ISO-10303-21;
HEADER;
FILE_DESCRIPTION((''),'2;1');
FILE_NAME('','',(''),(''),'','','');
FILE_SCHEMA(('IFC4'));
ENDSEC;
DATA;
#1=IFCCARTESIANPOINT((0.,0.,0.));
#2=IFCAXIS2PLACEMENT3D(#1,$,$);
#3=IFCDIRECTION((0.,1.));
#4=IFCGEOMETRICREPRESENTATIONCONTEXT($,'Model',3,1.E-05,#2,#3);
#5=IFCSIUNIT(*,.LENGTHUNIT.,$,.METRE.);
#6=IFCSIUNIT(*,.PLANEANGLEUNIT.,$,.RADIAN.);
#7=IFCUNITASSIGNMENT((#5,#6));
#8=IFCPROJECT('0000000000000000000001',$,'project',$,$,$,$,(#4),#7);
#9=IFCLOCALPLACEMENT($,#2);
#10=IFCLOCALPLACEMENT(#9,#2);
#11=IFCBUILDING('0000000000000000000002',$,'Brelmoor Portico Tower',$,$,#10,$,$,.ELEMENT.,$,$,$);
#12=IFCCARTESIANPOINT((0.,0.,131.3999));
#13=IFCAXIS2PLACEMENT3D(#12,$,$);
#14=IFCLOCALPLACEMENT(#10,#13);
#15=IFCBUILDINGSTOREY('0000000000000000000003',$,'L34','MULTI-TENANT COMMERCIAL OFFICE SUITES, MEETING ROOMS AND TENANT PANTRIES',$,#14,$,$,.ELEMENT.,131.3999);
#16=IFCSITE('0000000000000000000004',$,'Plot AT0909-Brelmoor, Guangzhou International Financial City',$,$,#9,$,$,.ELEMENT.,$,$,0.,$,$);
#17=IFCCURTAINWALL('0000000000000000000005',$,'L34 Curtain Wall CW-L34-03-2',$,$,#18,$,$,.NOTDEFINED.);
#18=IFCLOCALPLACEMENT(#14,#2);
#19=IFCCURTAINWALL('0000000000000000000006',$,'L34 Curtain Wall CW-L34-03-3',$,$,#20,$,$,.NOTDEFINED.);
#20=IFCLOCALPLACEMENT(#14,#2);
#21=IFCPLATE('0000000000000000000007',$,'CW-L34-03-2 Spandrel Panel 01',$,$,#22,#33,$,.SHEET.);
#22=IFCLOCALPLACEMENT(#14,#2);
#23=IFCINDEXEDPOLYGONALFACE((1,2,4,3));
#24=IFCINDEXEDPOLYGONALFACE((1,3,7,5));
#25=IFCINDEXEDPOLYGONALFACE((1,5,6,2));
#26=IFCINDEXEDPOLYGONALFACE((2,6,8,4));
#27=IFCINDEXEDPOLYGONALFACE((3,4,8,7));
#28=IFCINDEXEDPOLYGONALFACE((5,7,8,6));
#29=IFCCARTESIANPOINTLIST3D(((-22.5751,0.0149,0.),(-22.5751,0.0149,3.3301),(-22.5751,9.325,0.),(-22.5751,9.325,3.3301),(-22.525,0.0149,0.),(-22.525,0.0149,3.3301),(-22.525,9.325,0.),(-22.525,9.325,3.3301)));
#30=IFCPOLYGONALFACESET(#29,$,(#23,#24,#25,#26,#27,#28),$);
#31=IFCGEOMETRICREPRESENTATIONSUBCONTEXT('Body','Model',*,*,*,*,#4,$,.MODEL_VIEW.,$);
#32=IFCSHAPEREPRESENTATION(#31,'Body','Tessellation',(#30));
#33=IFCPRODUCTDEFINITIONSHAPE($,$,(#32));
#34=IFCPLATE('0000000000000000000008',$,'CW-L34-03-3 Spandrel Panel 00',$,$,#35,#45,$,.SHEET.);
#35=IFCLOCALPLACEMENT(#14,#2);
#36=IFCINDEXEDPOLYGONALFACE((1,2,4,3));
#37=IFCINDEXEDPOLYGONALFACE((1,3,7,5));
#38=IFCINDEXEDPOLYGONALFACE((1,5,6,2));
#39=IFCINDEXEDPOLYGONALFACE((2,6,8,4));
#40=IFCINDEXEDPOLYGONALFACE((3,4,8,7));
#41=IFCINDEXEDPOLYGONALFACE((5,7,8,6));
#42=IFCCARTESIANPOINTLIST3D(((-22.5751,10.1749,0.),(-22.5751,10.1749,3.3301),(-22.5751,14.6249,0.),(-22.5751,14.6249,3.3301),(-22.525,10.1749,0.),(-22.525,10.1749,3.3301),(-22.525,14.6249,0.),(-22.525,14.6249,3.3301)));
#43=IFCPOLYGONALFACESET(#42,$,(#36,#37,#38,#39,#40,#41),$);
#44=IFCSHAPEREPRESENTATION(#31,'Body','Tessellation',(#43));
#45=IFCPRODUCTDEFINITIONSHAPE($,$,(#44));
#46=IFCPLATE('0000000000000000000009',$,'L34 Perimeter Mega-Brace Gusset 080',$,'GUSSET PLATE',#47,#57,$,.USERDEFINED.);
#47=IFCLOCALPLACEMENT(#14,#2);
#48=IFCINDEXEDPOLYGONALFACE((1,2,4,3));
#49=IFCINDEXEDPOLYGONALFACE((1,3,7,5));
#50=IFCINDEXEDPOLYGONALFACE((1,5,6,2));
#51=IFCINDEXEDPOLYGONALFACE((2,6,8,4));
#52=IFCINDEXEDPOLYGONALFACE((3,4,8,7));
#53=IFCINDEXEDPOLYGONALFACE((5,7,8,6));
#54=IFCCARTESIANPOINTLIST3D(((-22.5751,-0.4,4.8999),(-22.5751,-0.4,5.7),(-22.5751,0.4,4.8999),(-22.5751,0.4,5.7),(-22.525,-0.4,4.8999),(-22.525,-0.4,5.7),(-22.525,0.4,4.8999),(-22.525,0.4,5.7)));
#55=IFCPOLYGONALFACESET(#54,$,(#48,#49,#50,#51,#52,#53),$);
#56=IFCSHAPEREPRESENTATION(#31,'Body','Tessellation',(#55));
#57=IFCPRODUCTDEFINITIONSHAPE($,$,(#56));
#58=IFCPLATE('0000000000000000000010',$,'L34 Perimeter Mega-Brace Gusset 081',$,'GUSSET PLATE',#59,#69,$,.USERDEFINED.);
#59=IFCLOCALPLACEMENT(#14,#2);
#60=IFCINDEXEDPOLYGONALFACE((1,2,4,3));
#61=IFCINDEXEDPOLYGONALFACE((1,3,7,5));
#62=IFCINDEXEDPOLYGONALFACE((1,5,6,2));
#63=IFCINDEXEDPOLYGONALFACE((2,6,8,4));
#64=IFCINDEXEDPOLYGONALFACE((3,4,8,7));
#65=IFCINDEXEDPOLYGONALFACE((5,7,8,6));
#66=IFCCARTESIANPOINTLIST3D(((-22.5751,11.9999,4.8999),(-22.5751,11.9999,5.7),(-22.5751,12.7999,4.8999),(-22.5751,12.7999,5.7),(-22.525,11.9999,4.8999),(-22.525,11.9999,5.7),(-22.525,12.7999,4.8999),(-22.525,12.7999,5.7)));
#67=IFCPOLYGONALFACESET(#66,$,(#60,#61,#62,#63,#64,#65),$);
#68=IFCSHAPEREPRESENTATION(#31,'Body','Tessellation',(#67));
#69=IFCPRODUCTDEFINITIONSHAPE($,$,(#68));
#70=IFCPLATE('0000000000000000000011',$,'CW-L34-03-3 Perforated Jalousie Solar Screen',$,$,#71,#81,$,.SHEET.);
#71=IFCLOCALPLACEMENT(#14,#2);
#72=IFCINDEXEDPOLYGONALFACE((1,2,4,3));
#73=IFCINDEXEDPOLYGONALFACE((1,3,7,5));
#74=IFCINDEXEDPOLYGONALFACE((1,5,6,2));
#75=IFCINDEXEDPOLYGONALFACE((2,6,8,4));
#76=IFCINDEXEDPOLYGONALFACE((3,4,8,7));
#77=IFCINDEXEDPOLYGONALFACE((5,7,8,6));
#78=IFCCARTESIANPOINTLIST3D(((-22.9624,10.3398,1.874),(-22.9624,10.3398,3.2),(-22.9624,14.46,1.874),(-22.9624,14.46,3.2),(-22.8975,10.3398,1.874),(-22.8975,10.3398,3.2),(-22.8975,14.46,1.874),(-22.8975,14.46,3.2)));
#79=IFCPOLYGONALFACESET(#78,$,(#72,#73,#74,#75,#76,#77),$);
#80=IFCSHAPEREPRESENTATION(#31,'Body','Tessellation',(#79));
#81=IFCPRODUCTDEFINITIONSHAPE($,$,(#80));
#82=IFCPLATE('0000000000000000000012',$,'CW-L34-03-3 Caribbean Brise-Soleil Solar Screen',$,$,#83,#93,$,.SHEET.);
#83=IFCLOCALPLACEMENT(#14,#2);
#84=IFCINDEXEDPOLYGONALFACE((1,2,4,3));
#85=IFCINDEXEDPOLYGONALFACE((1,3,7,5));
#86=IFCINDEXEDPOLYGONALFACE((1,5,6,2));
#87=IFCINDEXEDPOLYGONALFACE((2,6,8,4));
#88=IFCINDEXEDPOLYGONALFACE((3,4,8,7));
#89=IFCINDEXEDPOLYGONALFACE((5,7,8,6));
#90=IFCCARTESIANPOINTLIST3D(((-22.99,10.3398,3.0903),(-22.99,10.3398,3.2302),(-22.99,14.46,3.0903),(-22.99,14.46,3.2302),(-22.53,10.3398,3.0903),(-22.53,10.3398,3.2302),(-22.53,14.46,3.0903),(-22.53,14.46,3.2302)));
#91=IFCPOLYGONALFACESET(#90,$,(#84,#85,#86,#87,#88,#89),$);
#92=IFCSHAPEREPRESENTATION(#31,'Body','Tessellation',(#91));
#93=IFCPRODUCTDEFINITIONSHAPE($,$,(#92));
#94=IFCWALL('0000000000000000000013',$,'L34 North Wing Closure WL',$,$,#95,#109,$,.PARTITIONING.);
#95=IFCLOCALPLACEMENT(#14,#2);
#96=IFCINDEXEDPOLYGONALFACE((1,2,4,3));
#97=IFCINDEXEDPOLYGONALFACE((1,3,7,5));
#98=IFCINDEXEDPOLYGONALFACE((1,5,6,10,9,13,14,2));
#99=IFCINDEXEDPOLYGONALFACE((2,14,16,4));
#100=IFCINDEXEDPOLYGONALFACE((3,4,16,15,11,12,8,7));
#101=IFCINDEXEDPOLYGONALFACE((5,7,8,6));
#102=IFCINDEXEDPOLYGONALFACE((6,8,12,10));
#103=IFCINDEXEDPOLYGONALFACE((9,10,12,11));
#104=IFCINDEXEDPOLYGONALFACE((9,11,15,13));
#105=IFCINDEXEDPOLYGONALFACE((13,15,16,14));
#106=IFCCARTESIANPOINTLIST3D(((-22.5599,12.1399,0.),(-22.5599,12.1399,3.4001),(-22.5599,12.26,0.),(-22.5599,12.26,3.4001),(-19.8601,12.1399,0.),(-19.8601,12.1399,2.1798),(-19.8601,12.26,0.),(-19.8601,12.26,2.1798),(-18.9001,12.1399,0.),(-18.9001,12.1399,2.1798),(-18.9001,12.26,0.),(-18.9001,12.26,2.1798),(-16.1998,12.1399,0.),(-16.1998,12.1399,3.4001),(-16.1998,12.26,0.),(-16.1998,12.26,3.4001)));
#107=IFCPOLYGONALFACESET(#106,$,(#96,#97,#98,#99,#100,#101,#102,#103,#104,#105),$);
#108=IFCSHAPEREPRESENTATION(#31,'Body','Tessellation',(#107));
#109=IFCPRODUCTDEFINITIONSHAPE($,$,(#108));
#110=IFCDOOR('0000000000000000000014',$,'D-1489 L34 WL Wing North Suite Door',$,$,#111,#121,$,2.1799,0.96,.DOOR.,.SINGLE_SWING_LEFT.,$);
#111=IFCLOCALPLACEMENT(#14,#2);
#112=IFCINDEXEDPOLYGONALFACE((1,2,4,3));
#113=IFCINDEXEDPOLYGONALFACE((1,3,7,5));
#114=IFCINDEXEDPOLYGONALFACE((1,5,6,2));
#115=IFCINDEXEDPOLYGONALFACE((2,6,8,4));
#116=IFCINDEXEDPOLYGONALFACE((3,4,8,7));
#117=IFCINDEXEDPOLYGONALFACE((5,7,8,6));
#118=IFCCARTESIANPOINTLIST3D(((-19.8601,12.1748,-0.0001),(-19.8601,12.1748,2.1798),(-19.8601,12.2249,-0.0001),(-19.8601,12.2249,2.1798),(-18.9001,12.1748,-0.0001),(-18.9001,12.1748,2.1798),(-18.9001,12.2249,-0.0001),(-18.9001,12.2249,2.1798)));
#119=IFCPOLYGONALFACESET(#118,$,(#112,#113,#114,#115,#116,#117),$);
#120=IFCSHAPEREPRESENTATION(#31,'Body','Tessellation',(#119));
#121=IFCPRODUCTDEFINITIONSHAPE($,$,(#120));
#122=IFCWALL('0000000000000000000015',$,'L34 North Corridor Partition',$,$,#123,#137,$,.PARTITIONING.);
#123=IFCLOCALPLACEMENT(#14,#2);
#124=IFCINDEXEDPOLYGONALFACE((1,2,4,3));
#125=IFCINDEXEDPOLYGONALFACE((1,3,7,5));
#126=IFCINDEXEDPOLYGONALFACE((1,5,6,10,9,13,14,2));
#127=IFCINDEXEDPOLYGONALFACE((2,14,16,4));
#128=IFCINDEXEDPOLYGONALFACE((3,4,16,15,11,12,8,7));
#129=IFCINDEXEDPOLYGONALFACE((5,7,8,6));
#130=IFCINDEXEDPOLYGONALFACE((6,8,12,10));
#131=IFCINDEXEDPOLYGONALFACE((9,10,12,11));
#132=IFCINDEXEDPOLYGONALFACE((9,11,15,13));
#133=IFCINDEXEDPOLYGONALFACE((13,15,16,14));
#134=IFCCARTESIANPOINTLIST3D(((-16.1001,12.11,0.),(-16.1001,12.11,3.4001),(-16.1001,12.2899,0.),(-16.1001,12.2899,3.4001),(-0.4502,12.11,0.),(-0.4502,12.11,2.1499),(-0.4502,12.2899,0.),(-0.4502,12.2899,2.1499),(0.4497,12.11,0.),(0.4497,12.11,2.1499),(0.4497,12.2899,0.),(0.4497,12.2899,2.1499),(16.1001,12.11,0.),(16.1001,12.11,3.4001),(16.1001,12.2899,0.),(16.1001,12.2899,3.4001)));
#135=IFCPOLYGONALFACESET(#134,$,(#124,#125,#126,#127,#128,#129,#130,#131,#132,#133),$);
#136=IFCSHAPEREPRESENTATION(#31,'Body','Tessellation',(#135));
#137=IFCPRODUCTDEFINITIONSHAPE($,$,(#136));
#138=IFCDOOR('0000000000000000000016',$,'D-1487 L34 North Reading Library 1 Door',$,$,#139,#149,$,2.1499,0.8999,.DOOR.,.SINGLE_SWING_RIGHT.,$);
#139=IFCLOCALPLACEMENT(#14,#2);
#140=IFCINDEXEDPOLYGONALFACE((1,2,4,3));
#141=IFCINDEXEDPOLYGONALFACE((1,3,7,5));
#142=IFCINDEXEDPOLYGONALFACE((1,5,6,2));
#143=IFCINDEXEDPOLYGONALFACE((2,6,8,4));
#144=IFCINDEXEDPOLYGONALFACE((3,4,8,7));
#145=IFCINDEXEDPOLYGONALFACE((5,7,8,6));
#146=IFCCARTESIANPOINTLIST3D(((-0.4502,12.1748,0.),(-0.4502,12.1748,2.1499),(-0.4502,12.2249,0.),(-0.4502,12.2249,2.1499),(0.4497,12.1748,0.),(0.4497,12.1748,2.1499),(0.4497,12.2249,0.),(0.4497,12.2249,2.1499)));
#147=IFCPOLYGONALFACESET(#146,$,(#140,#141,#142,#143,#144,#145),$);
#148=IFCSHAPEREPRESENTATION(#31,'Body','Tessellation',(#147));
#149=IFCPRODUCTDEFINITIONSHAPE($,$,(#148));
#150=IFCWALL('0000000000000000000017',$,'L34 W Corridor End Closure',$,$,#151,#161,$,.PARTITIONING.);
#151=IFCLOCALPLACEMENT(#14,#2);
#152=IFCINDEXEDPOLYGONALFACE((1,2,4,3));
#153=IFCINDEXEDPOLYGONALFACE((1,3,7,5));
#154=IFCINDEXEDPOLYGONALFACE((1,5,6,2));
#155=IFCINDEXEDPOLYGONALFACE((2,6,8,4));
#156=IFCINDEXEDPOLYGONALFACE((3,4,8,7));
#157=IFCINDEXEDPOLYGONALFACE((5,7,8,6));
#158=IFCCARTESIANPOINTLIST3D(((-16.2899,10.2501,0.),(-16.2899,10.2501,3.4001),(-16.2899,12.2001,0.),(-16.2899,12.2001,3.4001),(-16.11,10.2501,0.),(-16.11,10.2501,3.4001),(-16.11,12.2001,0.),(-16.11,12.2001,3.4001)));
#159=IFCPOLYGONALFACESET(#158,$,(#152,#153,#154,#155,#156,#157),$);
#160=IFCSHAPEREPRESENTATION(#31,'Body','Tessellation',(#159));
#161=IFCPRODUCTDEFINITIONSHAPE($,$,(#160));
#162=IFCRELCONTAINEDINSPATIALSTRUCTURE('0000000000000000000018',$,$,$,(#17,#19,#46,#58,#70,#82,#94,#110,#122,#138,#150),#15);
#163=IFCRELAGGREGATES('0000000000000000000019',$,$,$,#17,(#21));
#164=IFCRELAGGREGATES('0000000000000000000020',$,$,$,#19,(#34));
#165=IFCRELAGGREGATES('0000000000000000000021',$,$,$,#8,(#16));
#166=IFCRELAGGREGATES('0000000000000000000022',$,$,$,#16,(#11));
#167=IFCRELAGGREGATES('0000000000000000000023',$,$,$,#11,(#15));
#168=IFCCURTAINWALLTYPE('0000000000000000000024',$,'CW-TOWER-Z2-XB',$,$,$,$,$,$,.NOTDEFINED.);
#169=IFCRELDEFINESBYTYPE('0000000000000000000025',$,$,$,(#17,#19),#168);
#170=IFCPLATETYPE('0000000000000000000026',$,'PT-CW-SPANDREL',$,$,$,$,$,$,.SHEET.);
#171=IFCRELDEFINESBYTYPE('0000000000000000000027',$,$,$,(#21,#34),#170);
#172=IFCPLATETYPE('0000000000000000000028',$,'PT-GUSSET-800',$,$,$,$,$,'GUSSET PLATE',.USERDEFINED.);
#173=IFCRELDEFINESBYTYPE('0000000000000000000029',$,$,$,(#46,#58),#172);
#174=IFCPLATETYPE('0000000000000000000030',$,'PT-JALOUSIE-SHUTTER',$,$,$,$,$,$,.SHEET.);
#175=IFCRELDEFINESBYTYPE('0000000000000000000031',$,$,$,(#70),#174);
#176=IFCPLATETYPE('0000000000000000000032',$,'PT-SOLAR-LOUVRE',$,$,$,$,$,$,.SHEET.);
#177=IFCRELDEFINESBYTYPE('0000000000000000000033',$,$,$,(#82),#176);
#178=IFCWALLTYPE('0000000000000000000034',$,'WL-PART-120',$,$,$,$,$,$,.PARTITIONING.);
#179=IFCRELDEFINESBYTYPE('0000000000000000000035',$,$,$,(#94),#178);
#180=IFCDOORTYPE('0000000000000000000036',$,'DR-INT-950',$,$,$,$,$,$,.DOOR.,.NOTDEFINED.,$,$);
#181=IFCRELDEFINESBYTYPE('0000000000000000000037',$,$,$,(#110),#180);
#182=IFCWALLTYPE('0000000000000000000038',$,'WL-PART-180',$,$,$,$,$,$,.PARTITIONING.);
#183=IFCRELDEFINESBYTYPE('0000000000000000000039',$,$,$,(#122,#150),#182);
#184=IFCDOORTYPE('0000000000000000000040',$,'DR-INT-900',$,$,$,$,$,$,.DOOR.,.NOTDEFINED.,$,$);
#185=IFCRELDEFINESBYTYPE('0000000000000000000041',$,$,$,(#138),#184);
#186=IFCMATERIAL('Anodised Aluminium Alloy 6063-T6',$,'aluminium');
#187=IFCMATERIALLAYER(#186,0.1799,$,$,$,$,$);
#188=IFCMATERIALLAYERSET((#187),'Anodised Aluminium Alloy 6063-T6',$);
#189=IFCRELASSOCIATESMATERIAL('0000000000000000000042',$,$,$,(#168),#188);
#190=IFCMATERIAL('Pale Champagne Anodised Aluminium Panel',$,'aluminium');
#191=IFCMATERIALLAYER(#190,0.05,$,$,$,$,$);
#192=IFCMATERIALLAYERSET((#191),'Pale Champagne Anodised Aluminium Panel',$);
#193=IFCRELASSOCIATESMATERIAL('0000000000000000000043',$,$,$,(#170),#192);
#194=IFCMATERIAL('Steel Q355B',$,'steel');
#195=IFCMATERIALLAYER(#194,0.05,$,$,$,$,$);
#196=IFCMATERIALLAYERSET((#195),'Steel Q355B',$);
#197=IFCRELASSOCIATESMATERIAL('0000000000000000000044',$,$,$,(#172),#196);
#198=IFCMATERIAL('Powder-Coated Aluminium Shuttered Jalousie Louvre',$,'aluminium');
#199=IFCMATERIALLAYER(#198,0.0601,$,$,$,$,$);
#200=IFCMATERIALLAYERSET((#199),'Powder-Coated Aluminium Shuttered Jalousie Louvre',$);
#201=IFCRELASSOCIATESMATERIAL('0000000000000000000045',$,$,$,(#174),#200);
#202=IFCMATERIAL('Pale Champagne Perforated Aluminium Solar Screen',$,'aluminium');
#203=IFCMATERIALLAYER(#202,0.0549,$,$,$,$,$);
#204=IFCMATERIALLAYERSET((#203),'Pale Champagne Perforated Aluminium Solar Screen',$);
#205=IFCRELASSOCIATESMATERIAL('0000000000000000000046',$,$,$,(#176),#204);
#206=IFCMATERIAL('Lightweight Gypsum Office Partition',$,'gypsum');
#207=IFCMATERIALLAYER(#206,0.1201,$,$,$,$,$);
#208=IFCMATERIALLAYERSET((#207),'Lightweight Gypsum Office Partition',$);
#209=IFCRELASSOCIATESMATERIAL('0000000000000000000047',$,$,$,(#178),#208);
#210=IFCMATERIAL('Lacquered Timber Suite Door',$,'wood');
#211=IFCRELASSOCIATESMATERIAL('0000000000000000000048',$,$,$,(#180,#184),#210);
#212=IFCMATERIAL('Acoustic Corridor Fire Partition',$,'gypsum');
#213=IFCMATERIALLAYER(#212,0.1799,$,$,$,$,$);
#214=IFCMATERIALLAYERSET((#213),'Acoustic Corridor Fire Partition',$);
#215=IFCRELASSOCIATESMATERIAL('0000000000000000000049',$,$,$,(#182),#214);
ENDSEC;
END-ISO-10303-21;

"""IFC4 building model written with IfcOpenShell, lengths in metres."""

from ifc_helpers import new_model, si_unit, direction, frame, frame_2d, origin, origin_2d, place, context, subcontext, project, spatial, rectangle, extrude, material, layer, layer_set, type_object, element, fill, aggregate, save


model = new_model("IFC4")

# Units and contexts
model_context = context("Model", 3, precision=1e-05, world=origin(), true_north=direction((0.0, 1.0)))
body_context = subcontext(model_context, "Body", "Model", "MODEL_VIEW")
ifc_project = project(units=[si_unit("LENGTHUNIT", "METRE"), si_unit("PLANEANGLEUNIT", "RADIAN")], contexts=[model_context])

# Site, building, storey
site_placement = place(None, origin())
site = spatial("IfcSite", under=ifc_project, at=site_placement, Name="Plot AT0909-Brelmoor, Guangzhou International Financial City", CompositionType="ELEMENT", RefElevation=0.0)
building_placement = place(site_placement, origin())
building = spatial("IfcBuilding", under=site, at=building_placement, Name="Brelmoor Portico Tower", CompositionType="ELEMENT")
storey_placement = place(building_placement, frame((0.0, 0.0, 131.3999)))
storey = spatial("IfcBuildingStorey", under=building, at=storey_placement, Name="L34", Description="MULTI-TENANT COMMERCIAL OFFICE SUITES, MEETING ROOMS AND TENANT PANTRIES", CompositionType="ELEMENT", Elevation=131.3999)

# Shared definitions
ifc_material_1 = material(Name="Steel Q355B", Category="steel")

# Curtain walls
ifc_material_2 = material(Name="Anodised Aluminium Alloy 6063-T6", Category="aluminium")
ifc_layer_1 = layer(ifc_material_2, 0.1799)
ifc_layer_set_1 = layer_set([ifc_layer_1], Name="Anodised Aluminium Alloy 6063-T6")
curtain_wall_type = type_object("IfcCurtainWallType", Name="CW-TOWER-Z2-XB", PredefinedType="NOTDEFINED", material=ifc_layer_set_1)
curtain_wall_1_placement = place(storey_placement, origin())
curtain_wall_1 = element("IfcCurtainWall", 1, at=curtain_wall_1_placement, inside=storey, type_object=curtain_wall_type, Name="L34 Curtain Wall CW-L34-03-2", PredefinedType="NOTDEFINED")
curtain_wall_2_placement = place(storey_placement, origin())
curtain_wall_2 = element("IfcCurtainWall", 2, at=curtain_wall_2_placement, inside=storey, type_object=curtain_wall_type, Name="L34 Curtain Wall CW-L34-03-3", PredefinedType="NOTDEFINED")

# Plates
ifc_material_3 = material(Name="Pale Champagne Anodised Aluminium Panel", Category="aluminium")
ifc_layer_2 = layer(ifc_material_3, 0.05)
ifc_layer_set_2 = layer_set([ifc_layer_2], Name="Pale Champagne Anodised Aluminium Panel")
plate_type_1 = type_object("IfcPlateType", Name="PT-CW-SPANDREL", PredefinedType="SHEET", material=ifc_layer_set_2)
plate_1_placement = place(storey_placement, frame((-22.55, 4.6699, 0.0), z_axis=(0.0, 0.0, 1.0), x_axis=(0.0, 1.0, 0.0)))
plate_1 = element("IfcPlate", 3, at=plate_1_placement, type_object=plate_type_1, Name="CW-L34-03-2 Spandrel Panel 01", PredefinedType="SHEET", context=body_context, shape_type="SweptSolid", body=[
    extrude(rectangle(XDim=9.3101, YDim=0.05, at=origin_2d()), origin(), (0.0, 0.0, 1.0), 3.3301),
])
aggregate(curtain_wall_1, [plate_1])
plate_2_placement = place(storey_placement, frame((-22.55, 12.3999, 0.0), z_axis=(0.0, 0.0, 1.0), x_axis=(0.0, 1.0, 0.0)))
plate_2 = element("IfcPlate", 4, at=plate_2_placement, type_object=plate_type_1, Name="CW-L34-03-3 Spandrel Panel 00", PredefinedType="SHEET", context=body_context, shape_type="SweptSolid", body=[
    extrude(rectangle(XDim=4.45, YDim=0.05, at=origin_2d()), origin(), (0.0, 0.0, 1.0), 3.3301),
])
aggregate(curtain_wall_2, [plate_2])

# Plates
ifc_layer_3 = layer(ifc_material_1, 0.05)
ifc_layer_set_3 = layer_set([ifc_layer_3], Name="Steel Q355B")
plate_type_2 = type_object("IfcPlateType", Name="PT-GUSSET-800", ElementType="GUSSET PLATE", PredefinedType="USERDEFINED", material=ifc_layer_set_3)
for number, where, z_axis, x_axis, name in (
    (5, (-22.55, 0.0, 4.8999), (0.0, 0.0, 1.0), (1.0, 0.0, 0.0), "L34 Perimeter Mega-Brace Gusset 080"),
    (6, (-22.55, 12.3999, 4.8999), (0.0, 0.0, 1.0), (1.0, 0.0, 0.0), "L34 Perimeter Mega-Brace Gusset 081"),
):
    element("IfcPlate", number, at=place(storey_placement, frame(where, z_axis=z_axis, x_axis=x_axis)), inside=storey, type_object=plate_type_2, Name=name, ObjectType="GUSSET PLATE", PredefinedType="USERDEFINED", context=body_context, shape_type="SweptSolid", body=[
        extrude(rectangle(XDim=0.05, YDim=0.8, at=origin_2d()), origin(), (0.0, 0.0, 1.0), 0.8),
    ])
ifc_material_4 = material(Name="Powder-Coated Aluminium Shuttered Jalousie Louvre", Category="aluminium")
ifc_layer_4 = layer(ifc_material_4, 0.0601)
ifc_layer_set_4 = layer_set([ifc_layer_4], Name="Powder-Coated Aluminium Shuttered Jalousie Louvre")
plate_type_3 = type_object("IfcPlateType", Name="PT-JALOUSIE-SHUTTER", PredefinedType="SHEET", material=ifc_layer_set_4)
plate_3_placement = place(storey_placement, frame((-22.9299, 12.3999, 1.874), z_axis=(0.0, 0.0, 1.0), x_axis=(0.0, 1.0, 0.0)))
element("IfcPlate", 7, at=plate_3_placement, inside=storey, type_object=plate_type_3, Name="CW-L34-03-3 Perforated Jalousie Solar Screen", PredefinedType="SHEET", context=body_context, shape_type="SweptSolid", body=[
    extrude(rectangle(XDim=4.1201, YDim=0.0649, at=origin_2d()), origin(), (0.0, 0.0, 1.0), 1.3259),
])
ifc_material_5 = material(Name="Pale Champagne Perforated Aluminium Solar Screen", Category="aluminium")
ifc_layer_5 = layer(ifc_material_5, 0.0549)
ifc_layer_set_5 = layer_set([ifc_layer_5], Name="Pale Champagne Perforated Aluminium Solar Screen")
plate_type_4 = type_object("IfcPlateType", Name="PT-SOLAR-LOUVRE", PredefinedType="SHEET", material=ifc_layer_set_5)
plate_4_placement = place(storey_placement, frame((-22.76, 12.3999, 3.0903), z_axis=(0.0, 0.0, 1.0), x_axis=(0.0, 1.0, 0.0)))
element("IfcPlate", 8, at=plate_4_placement, inside=storey, type_object=plate_type_4, Name="CW-L34-03-3 Caribbean Brise-Soleil Solar Screen", PredefinedType="SHEET", context=body_context, shape_type="SweptSolid", body=[
    extrude(rectangle(XDim=4.1201, YDim=0.46, at=origin_2d()), origin(), (0.0, 0.0, 1.0), 0.1399),
])

# Walls, openings, doors
ifc_material_6 = material(Name="Lightweight Gypsum Office Partition", Category="gypsum")
ifc_layer_6 = layer(ifc_material_6, 0.1201)
ifc_layer_set_6 = layer_set([ifc_layer_6], Name="Lightweight Gypsum Office Partition")
wall_type_1 = type_object("IfcWallType", Name="WL-PART-120", PredefinedType="PARTITIONING", material=ifc_layer_set_6)
wall_1_placement = place(storey_placement, frame((-22.5601, 12.2, 0.0), z_axis=(0.0, 0.0, 1.0), x_axis=(1.0, 0.0, 0.0)))
wall_1 = element("IfcWall", 9, at=wall_1_placement, inside=storey, type_object=wall_type_1, Name="L34 North Wing Closure WL", PredefinedType="PARTITIONING", context=body_context, shape_type="SweptSolid", body=[
    extrude(rectangle(XDim=6.3601, YDim=0.1201, at=frame_2d((3.1802, 0.0))), origin(), (0.0, 0.0, 1.0), 3.4001),
])
opening_1_placement = place(wall_1_placement, frame((2.7, 0.0, 0.0)))
opening_1 = element("IfcOpeningElement", 10, at=opening_1_placement, cuts=wall_1, PredefinedType="OPENING", context=body_context, shape_type="SweptSolid", body=[
    extrude(rectangle(XDim=0.96, YDim=2.1799, at=frame_2d((0.48, 1.0898))), frame((0.0, 0.0701, 0.0), z_axis=(0.0, -1.0, 0.0), x_axis=(1.0, 0.0, 0.0)), (0.0, 0.0, 1.0), 0.1401),
])
ifc_material_7 = material(Name="Lacquered Timber Suite Door", Category="wood")
door_type_1 = type_object("IfcDoorType", Name="DR-INT-950", OperationType="NOTDEFINED", PredefinedType="DOOR", material=ifc_material_7)
door_1_placement = place(opening_1_placement, origin())
door_1 = element("IfcDoor", 11, at=door_1_placement, inside=storey, type_object=door_type_1, Name="D-1489 L34 WL Wing North Suite Door", OperationType="SINGLE_SWING_LEFT", OverallHeight=2.1799, OverallWidth=0.96, PredefinedType="DOOR", context=body_context, shape_type="SweptSolid", body=[
    extrude(rectangle(XDim=0.96, YDim=2.1799, at=frame_2d((0.48, 1.0898))), frame((0.0, 0.0249, 0.0), z_axis=(0.0, -1.0, 0.0), x_axis=(1.0, 0.0, 0.0)), (0.0, 0.0, 1.0), 0.05),
])
fill(opening_1, door_1)
ifc_material_8 = material(Name="Acoustic Corridor Fire Partition", Category="gypsum")
ifc_layer_7 = layer(ifc_material_8, 0.1799)
ifc_layer_set_7 = layer_set([ifc_layer_7], Name="Acoustic Corridor Fire Partition")
wall_type_2 = type_object("IfcWallType", Name="WL-PART-180", PredefinedType="PARTITIONING", material=ifc_layer_set_7)
wall_2_placement = place(storey_placement, frame((-16.1001, 12.2, 0.0), z_axis=(0.0, 0.0, 1.0), x_axis=(1.0, 0.0, 0.0)))
wall_2 = element("IfcWall", 12, at=wall_2_placement, inside=storey, type_object=wall_type_2, Name="L34 North Corridor Partition", PredefinedType="PARTITIONING", context=body_context, shape_type="SweptSolid", body=[
    extrude(rectangle(XDim=32.2002, YDim=0.1799, at=frame_2d((16.1001, 0.0))), origin(), (0.0, 0.0, 1.0), 3.4001),
])
opening_2_placement = place(wall_2_placement, frame((15.6499, 0.0, 0.0)))
opening_2 = element("IfcOpeningElement", 13, at=opening_2_placement, cuts=wall_2, PredefinedType="OPENING", context=body_context, shape_type="SweptSolid", body=[
    extrude(rectangle(XDim=0.8999, YDim=2.1499, at=frame_2d((0.45, 1.075))), frame((0.0, 0.0999, 0.0), z_axis=(0.0, -1.0, 0.0), x_axis=(1.0, 0.0, 0.0)), (0.0, 0.0, 1.0), 0.2),
])
door_type_2 = type_object("IfcDoorType", Name="DR-INT-900", OperationType="NOTDEFINED", PredefinedType="DOOR", material=ifc_material_7)
door_2_placement = place(opening_2_placement, origin())
door_2 = element("IfcDoor", 14, at=door_2_placement, inside=storey, type_object=door_type_2, Name="D-1487 L34 North Reading Library 1 Door", OperationType="SINGLE_SWING_RIGHT", OverallHeight=2.1499, OverallWidth=0.8999, PredefinedType="DOOR", context=body_context, shape_type="SweptSolid", body=[
    extrude(rectangle(XDim=0.8999, YDim=2.1499, at=frame_2d((0.45, 1.075))), frame((0.0, 0.0249, 0.0), z_axis=(0.0, -1.0, 0.0), x_axis=(1.0, 0.0, 0.0)), (0.0, 0.0, 1.0), 0.05),
])
fill(opening_2, door_2)

# Wall
wall_3_placement = place(storey_placement, frame((-16.2, 10.25, 0.0), z_axis=(0.0, 0.0, 1.0), x_axis=(0.0, 1.0, 0.0)))
element("IfcWall", 15, at=wall_3_placement, inside=storey, type_object=wall_type_2, Name="L34 W Corridor End Closure", PredefinedType="PARTITIONING", context=body_context, shape_type="SweptSolid", body=[
    extrude(rectangle(XDim=1.95, YDim=0.1799, at=frame_2d((0.9751, 0.0))), origin(), (0.0, 0.0, 1.0), 3.4001),
])

save(model, "model.ifc")
